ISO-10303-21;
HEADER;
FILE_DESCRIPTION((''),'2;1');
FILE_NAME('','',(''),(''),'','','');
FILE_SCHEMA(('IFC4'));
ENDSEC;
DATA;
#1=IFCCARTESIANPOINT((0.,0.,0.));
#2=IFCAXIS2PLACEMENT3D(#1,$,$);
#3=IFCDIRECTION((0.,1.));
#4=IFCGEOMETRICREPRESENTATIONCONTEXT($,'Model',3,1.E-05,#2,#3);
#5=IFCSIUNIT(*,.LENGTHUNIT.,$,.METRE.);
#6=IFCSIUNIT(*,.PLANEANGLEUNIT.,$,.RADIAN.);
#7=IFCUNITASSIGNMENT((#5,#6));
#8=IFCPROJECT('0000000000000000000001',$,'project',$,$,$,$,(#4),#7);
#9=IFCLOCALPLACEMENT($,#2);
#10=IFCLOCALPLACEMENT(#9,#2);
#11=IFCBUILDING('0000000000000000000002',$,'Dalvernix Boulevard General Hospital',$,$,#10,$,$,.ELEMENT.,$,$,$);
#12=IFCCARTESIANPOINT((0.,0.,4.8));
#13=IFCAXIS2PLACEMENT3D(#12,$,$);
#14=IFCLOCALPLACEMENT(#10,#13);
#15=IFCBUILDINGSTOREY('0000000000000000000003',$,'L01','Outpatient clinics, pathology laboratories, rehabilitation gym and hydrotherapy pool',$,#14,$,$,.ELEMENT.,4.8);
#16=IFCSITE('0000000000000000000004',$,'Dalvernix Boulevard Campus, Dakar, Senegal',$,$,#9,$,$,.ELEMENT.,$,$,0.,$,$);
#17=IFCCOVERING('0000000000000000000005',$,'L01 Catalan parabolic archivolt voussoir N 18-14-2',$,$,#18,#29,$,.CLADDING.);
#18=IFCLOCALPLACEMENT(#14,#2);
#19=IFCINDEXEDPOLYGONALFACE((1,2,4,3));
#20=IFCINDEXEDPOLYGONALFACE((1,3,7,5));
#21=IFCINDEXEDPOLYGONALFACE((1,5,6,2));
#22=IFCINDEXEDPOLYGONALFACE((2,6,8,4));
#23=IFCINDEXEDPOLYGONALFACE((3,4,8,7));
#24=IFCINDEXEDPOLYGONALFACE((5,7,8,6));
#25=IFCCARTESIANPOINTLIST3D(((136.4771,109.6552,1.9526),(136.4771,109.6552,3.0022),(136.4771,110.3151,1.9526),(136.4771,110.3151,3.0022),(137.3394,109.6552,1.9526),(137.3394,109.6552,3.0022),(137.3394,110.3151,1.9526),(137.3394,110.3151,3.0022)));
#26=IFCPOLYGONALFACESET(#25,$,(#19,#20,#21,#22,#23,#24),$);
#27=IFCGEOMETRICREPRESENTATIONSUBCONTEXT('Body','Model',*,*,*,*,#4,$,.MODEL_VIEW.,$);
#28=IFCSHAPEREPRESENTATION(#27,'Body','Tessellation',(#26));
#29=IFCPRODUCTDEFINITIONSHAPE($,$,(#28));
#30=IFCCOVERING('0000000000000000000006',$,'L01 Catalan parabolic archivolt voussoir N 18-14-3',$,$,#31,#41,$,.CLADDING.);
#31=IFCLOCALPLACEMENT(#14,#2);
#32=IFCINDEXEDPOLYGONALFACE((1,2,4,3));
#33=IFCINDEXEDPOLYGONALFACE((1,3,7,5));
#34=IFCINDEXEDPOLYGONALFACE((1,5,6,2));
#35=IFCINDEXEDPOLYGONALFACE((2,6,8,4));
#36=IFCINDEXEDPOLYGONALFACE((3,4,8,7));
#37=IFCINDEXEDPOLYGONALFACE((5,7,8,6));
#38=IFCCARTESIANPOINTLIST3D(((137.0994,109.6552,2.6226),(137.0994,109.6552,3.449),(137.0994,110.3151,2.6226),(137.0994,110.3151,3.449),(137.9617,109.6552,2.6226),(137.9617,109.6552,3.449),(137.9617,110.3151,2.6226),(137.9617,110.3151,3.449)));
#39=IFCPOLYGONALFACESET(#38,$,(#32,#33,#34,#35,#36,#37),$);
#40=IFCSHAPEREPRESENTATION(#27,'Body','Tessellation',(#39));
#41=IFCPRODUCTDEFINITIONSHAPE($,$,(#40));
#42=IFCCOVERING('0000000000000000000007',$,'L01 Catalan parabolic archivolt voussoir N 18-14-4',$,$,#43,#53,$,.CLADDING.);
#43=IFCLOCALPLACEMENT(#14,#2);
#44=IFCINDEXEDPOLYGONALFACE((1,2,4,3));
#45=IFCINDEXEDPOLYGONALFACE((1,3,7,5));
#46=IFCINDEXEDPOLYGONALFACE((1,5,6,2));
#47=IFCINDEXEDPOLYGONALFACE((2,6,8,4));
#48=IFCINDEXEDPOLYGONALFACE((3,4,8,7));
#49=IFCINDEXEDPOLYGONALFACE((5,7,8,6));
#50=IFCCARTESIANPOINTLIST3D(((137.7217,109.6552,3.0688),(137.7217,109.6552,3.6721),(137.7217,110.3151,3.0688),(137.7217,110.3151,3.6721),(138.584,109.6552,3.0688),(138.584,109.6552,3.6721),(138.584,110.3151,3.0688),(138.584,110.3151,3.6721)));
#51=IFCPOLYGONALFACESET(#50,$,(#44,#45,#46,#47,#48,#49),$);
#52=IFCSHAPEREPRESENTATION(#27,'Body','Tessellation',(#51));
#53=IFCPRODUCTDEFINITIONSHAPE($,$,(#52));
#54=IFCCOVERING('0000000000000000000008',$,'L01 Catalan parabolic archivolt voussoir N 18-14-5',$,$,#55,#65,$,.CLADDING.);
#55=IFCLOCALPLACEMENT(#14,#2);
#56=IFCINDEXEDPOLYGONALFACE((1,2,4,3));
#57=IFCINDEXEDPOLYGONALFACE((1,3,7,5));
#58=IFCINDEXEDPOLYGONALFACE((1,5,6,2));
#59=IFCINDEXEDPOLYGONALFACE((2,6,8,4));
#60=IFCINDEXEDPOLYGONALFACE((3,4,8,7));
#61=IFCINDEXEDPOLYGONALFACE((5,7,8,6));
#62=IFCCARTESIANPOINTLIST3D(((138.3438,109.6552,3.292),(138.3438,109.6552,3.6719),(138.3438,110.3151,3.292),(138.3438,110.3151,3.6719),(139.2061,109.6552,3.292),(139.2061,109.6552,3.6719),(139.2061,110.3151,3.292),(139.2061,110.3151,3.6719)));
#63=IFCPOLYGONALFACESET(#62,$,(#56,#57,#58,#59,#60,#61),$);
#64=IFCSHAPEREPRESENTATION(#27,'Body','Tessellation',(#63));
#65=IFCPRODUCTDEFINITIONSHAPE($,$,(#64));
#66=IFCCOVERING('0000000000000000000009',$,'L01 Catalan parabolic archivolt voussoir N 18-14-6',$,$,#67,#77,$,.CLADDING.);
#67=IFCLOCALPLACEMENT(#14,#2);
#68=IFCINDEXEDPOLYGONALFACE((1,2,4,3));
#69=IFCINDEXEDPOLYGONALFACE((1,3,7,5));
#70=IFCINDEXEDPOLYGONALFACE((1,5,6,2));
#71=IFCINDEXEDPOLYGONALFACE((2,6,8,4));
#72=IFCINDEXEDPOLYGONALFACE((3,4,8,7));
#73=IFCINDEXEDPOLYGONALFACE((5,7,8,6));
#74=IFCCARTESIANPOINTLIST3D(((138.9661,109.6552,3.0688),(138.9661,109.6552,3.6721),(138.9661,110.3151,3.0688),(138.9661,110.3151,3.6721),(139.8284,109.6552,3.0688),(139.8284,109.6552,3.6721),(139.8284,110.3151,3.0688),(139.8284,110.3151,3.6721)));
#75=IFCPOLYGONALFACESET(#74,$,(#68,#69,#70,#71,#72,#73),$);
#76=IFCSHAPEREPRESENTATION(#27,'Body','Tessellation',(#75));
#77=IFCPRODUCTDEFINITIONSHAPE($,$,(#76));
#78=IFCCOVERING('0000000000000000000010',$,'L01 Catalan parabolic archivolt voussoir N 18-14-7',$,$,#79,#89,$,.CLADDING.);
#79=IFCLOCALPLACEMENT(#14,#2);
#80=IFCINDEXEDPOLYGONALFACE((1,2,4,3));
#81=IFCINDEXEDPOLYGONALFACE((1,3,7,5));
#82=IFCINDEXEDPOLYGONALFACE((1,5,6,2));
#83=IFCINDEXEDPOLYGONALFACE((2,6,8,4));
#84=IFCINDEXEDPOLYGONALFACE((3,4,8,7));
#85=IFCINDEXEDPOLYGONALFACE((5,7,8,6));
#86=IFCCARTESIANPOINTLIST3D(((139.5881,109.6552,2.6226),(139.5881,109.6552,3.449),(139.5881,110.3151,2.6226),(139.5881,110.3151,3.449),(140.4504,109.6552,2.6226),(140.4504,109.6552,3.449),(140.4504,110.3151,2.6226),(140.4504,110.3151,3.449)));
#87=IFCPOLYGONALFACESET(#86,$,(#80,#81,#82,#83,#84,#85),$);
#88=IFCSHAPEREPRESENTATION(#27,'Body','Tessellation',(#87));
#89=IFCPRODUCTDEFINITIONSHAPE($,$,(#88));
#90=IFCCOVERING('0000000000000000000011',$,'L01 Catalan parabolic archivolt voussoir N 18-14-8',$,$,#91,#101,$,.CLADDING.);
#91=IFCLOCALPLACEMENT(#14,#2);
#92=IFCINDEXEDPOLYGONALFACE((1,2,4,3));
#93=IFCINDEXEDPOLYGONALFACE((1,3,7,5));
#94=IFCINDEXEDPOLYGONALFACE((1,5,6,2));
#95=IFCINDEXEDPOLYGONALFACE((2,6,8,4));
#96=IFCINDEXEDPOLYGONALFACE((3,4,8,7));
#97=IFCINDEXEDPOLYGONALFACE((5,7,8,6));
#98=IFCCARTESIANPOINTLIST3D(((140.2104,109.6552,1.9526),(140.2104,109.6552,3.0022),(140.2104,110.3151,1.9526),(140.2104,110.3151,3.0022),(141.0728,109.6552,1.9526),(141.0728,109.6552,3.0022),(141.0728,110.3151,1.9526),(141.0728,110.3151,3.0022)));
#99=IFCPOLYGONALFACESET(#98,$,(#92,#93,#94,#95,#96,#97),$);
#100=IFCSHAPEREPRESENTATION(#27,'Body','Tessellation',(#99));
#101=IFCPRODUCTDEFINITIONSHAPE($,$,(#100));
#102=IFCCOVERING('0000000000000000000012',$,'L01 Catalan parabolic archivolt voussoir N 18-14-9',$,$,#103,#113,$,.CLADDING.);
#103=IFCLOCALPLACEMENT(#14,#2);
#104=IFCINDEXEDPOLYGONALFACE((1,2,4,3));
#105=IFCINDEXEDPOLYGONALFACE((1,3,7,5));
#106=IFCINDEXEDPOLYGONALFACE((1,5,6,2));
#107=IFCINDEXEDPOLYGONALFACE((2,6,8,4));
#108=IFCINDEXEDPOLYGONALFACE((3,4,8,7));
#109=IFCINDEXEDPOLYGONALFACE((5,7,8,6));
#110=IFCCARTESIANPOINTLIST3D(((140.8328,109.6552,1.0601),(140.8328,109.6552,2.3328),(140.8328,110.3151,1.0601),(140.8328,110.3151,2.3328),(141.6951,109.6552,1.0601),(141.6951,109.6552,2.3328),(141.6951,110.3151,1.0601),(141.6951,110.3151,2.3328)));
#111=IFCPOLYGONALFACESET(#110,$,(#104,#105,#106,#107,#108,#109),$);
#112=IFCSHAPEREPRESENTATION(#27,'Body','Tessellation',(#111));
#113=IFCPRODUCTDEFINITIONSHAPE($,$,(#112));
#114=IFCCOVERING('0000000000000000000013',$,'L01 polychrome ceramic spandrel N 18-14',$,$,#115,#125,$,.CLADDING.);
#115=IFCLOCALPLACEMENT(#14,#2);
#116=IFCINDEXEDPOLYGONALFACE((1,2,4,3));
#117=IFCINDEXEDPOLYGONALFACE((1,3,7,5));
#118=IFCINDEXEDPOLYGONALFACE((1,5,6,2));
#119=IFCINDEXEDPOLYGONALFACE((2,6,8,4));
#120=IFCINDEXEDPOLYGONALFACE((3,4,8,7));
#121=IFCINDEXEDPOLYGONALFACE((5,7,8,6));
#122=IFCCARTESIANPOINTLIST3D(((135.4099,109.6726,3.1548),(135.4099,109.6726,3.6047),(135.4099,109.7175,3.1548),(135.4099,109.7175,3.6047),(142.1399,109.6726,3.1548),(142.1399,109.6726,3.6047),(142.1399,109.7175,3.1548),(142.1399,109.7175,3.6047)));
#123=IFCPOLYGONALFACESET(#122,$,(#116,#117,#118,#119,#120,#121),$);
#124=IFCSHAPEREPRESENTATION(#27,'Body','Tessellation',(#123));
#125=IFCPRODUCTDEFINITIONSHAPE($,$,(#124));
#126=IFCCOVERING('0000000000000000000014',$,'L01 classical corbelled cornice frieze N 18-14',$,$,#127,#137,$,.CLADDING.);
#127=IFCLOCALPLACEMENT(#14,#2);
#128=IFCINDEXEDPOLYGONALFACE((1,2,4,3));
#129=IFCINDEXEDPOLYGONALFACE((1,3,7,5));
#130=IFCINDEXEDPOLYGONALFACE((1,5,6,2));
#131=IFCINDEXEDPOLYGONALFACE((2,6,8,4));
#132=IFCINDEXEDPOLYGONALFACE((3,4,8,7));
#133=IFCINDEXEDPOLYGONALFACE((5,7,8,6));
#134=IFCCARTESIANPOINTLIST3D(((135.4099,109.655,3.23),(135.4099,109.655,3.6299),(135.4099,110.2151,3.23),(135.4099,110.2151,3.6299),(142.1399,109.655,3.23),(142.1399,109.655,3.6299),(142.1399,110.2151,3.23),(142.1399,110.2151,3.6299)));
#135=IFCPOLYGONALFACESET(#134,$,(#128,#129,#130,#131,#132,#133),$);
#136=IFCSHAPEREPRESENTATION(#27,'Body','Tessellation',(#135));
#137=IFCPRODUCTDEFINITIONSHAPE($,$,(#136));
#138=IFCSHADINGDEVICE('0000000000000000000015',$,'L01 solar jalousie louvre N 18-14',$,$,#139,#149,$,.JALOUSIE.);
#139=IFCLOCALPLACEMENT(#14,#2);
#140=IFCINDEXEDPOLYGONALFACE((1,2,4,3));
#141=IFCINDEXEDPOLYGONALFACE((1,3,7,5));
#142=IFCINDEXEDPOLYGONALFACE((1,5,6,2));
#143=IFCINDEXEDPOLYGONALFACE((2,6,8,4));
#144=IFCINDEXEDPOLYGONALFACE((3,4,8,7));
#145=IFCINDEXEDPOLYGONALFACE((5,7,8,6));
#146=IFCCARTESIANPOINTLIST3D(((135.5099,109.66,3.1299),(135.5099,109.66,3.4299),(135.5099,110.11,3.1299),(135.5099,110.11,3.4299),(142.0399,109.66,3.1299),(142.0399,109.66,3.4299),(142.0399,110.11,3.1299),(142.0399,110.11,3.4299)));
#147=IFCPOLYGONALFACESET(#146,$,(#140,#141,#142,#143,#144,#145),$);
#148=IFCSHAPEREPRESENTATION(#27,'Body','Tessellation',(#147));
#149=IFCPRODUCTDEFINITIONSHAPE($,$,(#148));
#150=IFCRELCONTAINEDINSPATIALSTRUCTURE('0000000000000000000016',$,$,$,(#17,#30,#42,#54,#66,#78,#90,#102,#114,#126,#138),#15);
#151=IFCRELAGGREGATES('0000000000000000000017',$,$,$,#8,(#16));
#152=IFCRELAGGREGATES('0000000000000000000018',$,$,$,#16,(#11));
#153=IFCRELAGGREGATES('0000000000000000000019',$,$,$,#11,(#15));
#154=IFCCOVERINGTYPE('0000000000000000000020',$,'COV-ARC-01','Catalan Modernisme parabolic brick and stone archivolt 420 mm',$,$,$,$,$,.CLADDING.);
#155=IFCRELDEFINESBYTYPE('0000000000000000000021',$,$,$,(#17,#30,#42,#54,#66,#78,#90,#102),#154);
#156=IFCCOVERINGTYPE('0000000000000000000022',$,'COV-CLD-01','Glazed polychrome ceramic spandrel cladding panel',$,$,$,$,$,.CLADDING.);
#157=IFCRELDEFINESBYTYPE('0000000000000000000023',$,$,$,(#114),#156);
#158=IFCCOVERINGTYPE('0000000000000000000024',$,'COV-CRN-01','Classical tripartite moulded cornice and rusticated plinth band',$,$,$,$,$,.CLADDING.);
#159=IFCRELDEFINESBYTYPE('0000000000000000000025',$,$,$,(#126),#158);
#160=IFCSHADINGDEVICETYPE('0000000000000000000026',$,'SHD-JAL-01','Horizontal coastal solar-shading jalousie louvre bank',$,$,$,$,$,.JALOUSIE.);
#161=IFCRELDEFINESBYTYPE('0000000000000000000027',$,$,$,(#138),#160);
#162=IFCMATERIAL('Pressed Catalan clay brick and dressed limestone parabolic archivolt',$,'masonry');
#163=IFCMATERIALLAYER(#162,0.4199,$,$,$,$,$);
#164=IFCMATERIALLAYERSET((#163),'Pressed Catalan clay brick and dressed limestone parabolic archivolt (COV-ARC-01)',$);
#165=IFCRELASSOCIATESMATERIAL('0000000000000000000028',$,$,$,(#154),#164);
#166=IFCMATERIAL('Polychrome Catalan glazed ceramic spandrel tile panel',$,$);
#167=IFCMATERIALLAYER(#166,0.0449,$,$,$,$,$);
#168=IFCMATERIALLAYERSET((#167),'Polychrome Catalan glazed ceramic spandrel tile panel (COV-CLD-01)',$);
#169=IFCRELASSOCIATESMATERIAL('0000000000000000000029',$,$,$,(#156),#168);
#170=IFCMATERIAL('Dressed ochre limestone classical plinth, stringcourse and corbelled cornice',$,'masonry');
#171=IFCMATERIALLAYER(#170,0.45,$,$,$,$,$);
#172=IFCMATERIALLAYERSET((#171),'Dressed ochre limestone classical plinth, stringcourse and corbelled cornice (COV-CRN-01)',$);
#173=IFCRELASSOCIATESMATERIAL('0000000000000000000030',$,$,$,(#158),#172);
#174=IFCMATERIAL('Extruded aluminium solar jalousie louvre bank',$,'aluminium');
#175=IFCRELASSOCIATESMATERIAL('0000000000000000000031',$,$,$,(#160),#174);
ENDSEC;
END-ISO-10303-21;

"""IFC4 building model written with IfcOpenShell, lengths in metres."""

from ifc_helpers import new_model, si_unit, direction, frame, origin, origin_2d, place, context, subcontext, project, spatial, rectangle, extrude, material, layer, layer_set, type_object, element, save


model = new_model("IFC4")

# Units and contexts
model_context = context("Model", 3, precision=1e-05, world=origin(), true_north=direction((0.0, 1.0)))
body_context = subcontext(model_context, "Body", "Model", "MODEL_VIEW")
ifc_project = project(units=[si_unit("LENGTHUNIT", "METRE"), si_unit("PLANEANGLEUNIT", "RADIAN")], contexts=[model_context])

# Site, building, storey
site_placement = place(None, origin())
site = spatial("IfcSite", under=ifc_project, at=site_placement, Name="Dalvernix Boulevard Campus, Dakar, Senegal", CompositionType="ELEMENT", RefElevation=0.0)
building_placement = place(site_placement, origin())
building = spatial("IfcBuilding", under=site, at=building_placement, Name="Dalvernix Boulevard General Hospital", CompositionType="ELEMENT")
storey_placement = place(building_placement, frame((0.0, 0.0, 4.8)))
storey = spatial("IfcBuildingStorey", under=building, at=storey_placement, Name="L01", Description="Outpatient clinics, pathology laboratories, rehabilitation gym and hydrotherapy pool", CompositionType="ELEMENT", Elevation=4.8)

# Coverings
ifc_material_1 = material(Name="Pressed Catalan clay brick and dressed limestone parabolic archivolt", Category="masonry")
ifc_layer_1 = layer(ifc_material_1, 0.4199)
ifc_layer_set_1 = layer_set([ifc_layer_1], Name="Pressed Catalan clay brick and dressed limestone parabolic archivolt (COV-ARC-01)")
covering_type_1 = type_object("IfcCoveringType", Name="COV-ARC-01", Description="Catalan Modernisme parabolic brick and stone archivolt 420 mm", PredefinedType="CLADDING", material=ifc_layer_set_1)
covering_1_placement = place(storey_placement, frame((136.9082, 109.9851, 1.9526), z_axis=(0.0, 0.0, 1.0), x_axis=(1.0, 0.0, 0.0)))
element("IfcCovering", 1, at=covering_1_placement, inside=storey, type_object=covering_type_1, Name="L01 Catalan parabolic archivolt voussoir N 18-14-2", PredefinedType="CLADDING", context=body_context, shape_type="SweptSolid", body=[
    extrude(rectangle(XDim=0.8623, YDim=0.6599, at=origin_2d()), origin(), (0.0, 0.0, 1.0), 1.0496),
])
covering_2_placement = place(storey_placement, frame((137.5305, 109.9851, 2.6226), z_axis=(0.0, 0.0, 1.0), x_axis=(1.0, 0.0, 0.0)))
element("IfcCovering", 2, at=covering_2_placement, inside=storey, type_object=covering_type_1, Name="L01 Catalan parabolic archivolt voussoir N 18-14-3", PredefinedType="CLADDING", context=body_context, shape_type="SweptSolid", body=[
    extrude(rectangle(XDim=0.8623, YDim=0.6599, at=origin_2d()), origin(), (0.0, 0.0, 1.0), 0.8264),
])
covering_3_placement = place(storey_placement, frame((138.1528, 109.9851, 3.0688), z_axis=(0.0, 0.0, 1.0), x_axis=(1.0, 0.0, 0.0)))
element("IfcCovering", 3, at=covering_3_placement, inside=storey, type_object=covering_type_1, Name="L01 Catalan parabolic archivolt voussoir N 18-14-4", PredefinedType="CLADDING", context=body_context, shape_type="SweptSolid", body=[
    extrude(rectangle(XDim=0.8623, YDim=0.6599, at=origin_2d()), origin(), (0.0, 0.0, 1.0), 0.6033),
])
covering_4_placement = place(storey_placement, frame((138.7749, 109.9851, 3.292), z_axis=(0.0, 0.0, 1.0), x_axis=(1.0, 0.0, 0.0)))
element("IfcCovering", 4, at=covering_4_placement, inside=storey, type_object=covering_type_1, Name="L01 Catalan parabolic archivolt voussoir N 18-14-5", PredefinedType="CLADDING", context=body_context, shape_type="SweptSolid", body=[
    extrude(rectangle(XDim=0.8623, YDim=0.6599, at=origin_2d()), origin(), (0.0, 0.0, 1.0), 0.3799),
])
covering_5_placement = place(storey_placement, frame((139.3972, 109.9851, 3.0688), z_axis=(0.0, 0.0, 1.0), x_axis=(1.0, 0.0, 0.0)))
element("IfcCovering", 5, at=covering_5_placement, inside=storey, type_object=covering_type_1, Name="L01 Catalan parabolic archivolt voussoir N 18-14-6", PredefinedType="CLADDING", context=body_context, shape_type="SweptSolid", body=[
    extrude(rectangle(XDim=0.8623, YDim=0.6599, at=origin_2d()), origin(), (0.0, 0.0, 1.0), 0.6033),
])
covering_6_placement = place(storey_placement, frame((140.0193, 109.9851, 2.6226), z_axis=(0.0, 0.0, 1.0), x_axis=(1.0, 0.0, 0.0)))
element("IfcCovering", 6, at=covering_6_placement, inside=storey, type_object=covering_type_1, Name="L01 Catalan parabolic archivolt voussoir N 18-14-7", PredefinedType="CLADDING", context=body_context, shape_type="SweptSolid", body=[
    extrude(rectangle(XDim=0.8623, YDim=0.6599, at=origin_2d()), origin(), (0.0, 0.0, 1.0), 0.8264),
])
covering_7_placement = place(storey_placement, frame((140.6416, 109.9851, 1.9526), z_axis=(0.0, 0.0, 1.0), x_axis=(1.0, 0.0, 0.0)))
element("IfcCovering", 7, at=covering_7_placement, inside=storey, type_object=covering_type_1, Name="L01 Catalan parabolic archivolt voussoir N 18-14-8", PredefinedType="CLADDING", context=body_context, shape_type="SweptSolid", body=[
    extrude(rectangle(XDim=0.8623, YDim=0.6599, at=origin_2d()), origin(), (0.0, 0.0, 1.0), 1.0496),
])
covering_8_placement = place(storey_placement, frame((141.2639, 109.9851, 1.0601), z_axis=(0.0, 0.0, 1.0), x_axis=(1.0, 0.0, 0.0)))
element("IfcCovering", 8, at=covering_8_placement, inside=storey, type_object=covering_type_1, Name="L01 Catalan parabolic archivolt voussoir N 18-14-9", PredefinedType="CLADDING", context=body_context, shape_type="SweptSolid", body=[
    extrude(rectangle(XDim=0.8623, YDim=0.6599, at=origin_2d()), origin(), (0.0, 0.0, 1.0), 1.2727),
])
ifc_material_2 = material(Name="Polychrome Catalan glazed ceramic spandrel tile panel")
ifc_layer_2 = layer(ifc_material_2, 0.0449)
ifc_layer_set_2 = layer_set([ifc_layer_2], Name="Polychrome Catalan glazed ceramic spandrel tile panel (COV-CLD-01)")
covering_type_2 = type_object("IfcCoveringType", Name="COV-CLD-01", Description="Glazed polychrome ceramic spandrel cladding panel", PredefinedType="CLADDING", material=ifc_layer_set_2)
covering_9_placement = place(storey_placement, frame((138.7749, 109.6951, 3.1548), z_axis=(0.0, 0.0, 1.0), x_axis=(1.0, 0.0, 0.0)))
element("IfcCovering", 9, at=covering_9_placement, inside=storey, type_object=covering_type_2, Name="L01 polychrome ceramic spandrel N 18-14", PredefinedType="CLADDING", context=body_context, shape_type="SweptSolid", body=[
    extrude(rectangle(XDim=6.73, YDim=0.0449, at=origin_2d()), origin(), (0.0, 0.0, 1.0), 0.45),
])
ifc_material_3 = material(Name="Dressed ochre limestone classical plinth, stringcourse and corbelled cornice", Category="masonry")
ifc_layer_3 = layer(ifc_material_3, 0.45)
ifc_layer_set_3 = layer_set([ifc_layer_3], Name="Dressed ochre limestone classical plinth, stringcourse and corbelled cornice (COV-CRN-01)")
covering_type_3 = type_object("IfcCoveringType", Name="COV-CRN-01", Description="Classical tripartite moulded cornice and rusticated plinth band", PredefinedType="CLADDING", material=ifc_layer_set_3)
covering_10_placement = place(storey_placement, frame((138.7749, 109.9351, 3.23), z_axis=(0.0, 0.0, 1.0), x_axis=(1.0, 0.0, 0.0)))
element("IfcCovering", 10, at=covering_10_placement, inside=storey, type_object=covering_type_3, Name="L01 classical corbelled cornice frieze N 18-14", PredefinedType="CLADDING", context=body_context, shape_type="SweptSolid", body=[
    extrude(rectangle(XDim=6.73, YDim=0.5601, at=origin_2d()), origin(), (0.0, 0.0, 1.0), 0.3999),
])

# Shading device
ifc_material_4 = material(Name="Extruded aluminium solar jalousie louvre bank", Category="aluminium")
shading_device_type = type_object("IfcShadingDeviceType", Name="SHD-JAL-01", Description="Horizontal coastal solar-shading jalousie louvre bank", PredefinedType="JALOUSIE", material=ifc_material_4)
shading_device_placement = place(storey_placement, frame((138.7749, 109.885, 3.1299), z_axis=(0.0, 0.0, 1.0), x_axis=(1.0, 0.0, 0.0)))
element("IfcShadingDevice", 11, at=shading_device_placement, inside=storey, type_object=shading_device_type, Name="L01 solar jalousie louvre N 18-14", PredefinedType="JALOUSIE", context=body_context, shape_type="SweptSolid", body=[
    extrude(rectangle(XDim=6.53, YDim=0.45, at=origin_2d()), origin(), (0.0, 0.0, 1.0), 0.3),
])

save(model, "model.ifc")
